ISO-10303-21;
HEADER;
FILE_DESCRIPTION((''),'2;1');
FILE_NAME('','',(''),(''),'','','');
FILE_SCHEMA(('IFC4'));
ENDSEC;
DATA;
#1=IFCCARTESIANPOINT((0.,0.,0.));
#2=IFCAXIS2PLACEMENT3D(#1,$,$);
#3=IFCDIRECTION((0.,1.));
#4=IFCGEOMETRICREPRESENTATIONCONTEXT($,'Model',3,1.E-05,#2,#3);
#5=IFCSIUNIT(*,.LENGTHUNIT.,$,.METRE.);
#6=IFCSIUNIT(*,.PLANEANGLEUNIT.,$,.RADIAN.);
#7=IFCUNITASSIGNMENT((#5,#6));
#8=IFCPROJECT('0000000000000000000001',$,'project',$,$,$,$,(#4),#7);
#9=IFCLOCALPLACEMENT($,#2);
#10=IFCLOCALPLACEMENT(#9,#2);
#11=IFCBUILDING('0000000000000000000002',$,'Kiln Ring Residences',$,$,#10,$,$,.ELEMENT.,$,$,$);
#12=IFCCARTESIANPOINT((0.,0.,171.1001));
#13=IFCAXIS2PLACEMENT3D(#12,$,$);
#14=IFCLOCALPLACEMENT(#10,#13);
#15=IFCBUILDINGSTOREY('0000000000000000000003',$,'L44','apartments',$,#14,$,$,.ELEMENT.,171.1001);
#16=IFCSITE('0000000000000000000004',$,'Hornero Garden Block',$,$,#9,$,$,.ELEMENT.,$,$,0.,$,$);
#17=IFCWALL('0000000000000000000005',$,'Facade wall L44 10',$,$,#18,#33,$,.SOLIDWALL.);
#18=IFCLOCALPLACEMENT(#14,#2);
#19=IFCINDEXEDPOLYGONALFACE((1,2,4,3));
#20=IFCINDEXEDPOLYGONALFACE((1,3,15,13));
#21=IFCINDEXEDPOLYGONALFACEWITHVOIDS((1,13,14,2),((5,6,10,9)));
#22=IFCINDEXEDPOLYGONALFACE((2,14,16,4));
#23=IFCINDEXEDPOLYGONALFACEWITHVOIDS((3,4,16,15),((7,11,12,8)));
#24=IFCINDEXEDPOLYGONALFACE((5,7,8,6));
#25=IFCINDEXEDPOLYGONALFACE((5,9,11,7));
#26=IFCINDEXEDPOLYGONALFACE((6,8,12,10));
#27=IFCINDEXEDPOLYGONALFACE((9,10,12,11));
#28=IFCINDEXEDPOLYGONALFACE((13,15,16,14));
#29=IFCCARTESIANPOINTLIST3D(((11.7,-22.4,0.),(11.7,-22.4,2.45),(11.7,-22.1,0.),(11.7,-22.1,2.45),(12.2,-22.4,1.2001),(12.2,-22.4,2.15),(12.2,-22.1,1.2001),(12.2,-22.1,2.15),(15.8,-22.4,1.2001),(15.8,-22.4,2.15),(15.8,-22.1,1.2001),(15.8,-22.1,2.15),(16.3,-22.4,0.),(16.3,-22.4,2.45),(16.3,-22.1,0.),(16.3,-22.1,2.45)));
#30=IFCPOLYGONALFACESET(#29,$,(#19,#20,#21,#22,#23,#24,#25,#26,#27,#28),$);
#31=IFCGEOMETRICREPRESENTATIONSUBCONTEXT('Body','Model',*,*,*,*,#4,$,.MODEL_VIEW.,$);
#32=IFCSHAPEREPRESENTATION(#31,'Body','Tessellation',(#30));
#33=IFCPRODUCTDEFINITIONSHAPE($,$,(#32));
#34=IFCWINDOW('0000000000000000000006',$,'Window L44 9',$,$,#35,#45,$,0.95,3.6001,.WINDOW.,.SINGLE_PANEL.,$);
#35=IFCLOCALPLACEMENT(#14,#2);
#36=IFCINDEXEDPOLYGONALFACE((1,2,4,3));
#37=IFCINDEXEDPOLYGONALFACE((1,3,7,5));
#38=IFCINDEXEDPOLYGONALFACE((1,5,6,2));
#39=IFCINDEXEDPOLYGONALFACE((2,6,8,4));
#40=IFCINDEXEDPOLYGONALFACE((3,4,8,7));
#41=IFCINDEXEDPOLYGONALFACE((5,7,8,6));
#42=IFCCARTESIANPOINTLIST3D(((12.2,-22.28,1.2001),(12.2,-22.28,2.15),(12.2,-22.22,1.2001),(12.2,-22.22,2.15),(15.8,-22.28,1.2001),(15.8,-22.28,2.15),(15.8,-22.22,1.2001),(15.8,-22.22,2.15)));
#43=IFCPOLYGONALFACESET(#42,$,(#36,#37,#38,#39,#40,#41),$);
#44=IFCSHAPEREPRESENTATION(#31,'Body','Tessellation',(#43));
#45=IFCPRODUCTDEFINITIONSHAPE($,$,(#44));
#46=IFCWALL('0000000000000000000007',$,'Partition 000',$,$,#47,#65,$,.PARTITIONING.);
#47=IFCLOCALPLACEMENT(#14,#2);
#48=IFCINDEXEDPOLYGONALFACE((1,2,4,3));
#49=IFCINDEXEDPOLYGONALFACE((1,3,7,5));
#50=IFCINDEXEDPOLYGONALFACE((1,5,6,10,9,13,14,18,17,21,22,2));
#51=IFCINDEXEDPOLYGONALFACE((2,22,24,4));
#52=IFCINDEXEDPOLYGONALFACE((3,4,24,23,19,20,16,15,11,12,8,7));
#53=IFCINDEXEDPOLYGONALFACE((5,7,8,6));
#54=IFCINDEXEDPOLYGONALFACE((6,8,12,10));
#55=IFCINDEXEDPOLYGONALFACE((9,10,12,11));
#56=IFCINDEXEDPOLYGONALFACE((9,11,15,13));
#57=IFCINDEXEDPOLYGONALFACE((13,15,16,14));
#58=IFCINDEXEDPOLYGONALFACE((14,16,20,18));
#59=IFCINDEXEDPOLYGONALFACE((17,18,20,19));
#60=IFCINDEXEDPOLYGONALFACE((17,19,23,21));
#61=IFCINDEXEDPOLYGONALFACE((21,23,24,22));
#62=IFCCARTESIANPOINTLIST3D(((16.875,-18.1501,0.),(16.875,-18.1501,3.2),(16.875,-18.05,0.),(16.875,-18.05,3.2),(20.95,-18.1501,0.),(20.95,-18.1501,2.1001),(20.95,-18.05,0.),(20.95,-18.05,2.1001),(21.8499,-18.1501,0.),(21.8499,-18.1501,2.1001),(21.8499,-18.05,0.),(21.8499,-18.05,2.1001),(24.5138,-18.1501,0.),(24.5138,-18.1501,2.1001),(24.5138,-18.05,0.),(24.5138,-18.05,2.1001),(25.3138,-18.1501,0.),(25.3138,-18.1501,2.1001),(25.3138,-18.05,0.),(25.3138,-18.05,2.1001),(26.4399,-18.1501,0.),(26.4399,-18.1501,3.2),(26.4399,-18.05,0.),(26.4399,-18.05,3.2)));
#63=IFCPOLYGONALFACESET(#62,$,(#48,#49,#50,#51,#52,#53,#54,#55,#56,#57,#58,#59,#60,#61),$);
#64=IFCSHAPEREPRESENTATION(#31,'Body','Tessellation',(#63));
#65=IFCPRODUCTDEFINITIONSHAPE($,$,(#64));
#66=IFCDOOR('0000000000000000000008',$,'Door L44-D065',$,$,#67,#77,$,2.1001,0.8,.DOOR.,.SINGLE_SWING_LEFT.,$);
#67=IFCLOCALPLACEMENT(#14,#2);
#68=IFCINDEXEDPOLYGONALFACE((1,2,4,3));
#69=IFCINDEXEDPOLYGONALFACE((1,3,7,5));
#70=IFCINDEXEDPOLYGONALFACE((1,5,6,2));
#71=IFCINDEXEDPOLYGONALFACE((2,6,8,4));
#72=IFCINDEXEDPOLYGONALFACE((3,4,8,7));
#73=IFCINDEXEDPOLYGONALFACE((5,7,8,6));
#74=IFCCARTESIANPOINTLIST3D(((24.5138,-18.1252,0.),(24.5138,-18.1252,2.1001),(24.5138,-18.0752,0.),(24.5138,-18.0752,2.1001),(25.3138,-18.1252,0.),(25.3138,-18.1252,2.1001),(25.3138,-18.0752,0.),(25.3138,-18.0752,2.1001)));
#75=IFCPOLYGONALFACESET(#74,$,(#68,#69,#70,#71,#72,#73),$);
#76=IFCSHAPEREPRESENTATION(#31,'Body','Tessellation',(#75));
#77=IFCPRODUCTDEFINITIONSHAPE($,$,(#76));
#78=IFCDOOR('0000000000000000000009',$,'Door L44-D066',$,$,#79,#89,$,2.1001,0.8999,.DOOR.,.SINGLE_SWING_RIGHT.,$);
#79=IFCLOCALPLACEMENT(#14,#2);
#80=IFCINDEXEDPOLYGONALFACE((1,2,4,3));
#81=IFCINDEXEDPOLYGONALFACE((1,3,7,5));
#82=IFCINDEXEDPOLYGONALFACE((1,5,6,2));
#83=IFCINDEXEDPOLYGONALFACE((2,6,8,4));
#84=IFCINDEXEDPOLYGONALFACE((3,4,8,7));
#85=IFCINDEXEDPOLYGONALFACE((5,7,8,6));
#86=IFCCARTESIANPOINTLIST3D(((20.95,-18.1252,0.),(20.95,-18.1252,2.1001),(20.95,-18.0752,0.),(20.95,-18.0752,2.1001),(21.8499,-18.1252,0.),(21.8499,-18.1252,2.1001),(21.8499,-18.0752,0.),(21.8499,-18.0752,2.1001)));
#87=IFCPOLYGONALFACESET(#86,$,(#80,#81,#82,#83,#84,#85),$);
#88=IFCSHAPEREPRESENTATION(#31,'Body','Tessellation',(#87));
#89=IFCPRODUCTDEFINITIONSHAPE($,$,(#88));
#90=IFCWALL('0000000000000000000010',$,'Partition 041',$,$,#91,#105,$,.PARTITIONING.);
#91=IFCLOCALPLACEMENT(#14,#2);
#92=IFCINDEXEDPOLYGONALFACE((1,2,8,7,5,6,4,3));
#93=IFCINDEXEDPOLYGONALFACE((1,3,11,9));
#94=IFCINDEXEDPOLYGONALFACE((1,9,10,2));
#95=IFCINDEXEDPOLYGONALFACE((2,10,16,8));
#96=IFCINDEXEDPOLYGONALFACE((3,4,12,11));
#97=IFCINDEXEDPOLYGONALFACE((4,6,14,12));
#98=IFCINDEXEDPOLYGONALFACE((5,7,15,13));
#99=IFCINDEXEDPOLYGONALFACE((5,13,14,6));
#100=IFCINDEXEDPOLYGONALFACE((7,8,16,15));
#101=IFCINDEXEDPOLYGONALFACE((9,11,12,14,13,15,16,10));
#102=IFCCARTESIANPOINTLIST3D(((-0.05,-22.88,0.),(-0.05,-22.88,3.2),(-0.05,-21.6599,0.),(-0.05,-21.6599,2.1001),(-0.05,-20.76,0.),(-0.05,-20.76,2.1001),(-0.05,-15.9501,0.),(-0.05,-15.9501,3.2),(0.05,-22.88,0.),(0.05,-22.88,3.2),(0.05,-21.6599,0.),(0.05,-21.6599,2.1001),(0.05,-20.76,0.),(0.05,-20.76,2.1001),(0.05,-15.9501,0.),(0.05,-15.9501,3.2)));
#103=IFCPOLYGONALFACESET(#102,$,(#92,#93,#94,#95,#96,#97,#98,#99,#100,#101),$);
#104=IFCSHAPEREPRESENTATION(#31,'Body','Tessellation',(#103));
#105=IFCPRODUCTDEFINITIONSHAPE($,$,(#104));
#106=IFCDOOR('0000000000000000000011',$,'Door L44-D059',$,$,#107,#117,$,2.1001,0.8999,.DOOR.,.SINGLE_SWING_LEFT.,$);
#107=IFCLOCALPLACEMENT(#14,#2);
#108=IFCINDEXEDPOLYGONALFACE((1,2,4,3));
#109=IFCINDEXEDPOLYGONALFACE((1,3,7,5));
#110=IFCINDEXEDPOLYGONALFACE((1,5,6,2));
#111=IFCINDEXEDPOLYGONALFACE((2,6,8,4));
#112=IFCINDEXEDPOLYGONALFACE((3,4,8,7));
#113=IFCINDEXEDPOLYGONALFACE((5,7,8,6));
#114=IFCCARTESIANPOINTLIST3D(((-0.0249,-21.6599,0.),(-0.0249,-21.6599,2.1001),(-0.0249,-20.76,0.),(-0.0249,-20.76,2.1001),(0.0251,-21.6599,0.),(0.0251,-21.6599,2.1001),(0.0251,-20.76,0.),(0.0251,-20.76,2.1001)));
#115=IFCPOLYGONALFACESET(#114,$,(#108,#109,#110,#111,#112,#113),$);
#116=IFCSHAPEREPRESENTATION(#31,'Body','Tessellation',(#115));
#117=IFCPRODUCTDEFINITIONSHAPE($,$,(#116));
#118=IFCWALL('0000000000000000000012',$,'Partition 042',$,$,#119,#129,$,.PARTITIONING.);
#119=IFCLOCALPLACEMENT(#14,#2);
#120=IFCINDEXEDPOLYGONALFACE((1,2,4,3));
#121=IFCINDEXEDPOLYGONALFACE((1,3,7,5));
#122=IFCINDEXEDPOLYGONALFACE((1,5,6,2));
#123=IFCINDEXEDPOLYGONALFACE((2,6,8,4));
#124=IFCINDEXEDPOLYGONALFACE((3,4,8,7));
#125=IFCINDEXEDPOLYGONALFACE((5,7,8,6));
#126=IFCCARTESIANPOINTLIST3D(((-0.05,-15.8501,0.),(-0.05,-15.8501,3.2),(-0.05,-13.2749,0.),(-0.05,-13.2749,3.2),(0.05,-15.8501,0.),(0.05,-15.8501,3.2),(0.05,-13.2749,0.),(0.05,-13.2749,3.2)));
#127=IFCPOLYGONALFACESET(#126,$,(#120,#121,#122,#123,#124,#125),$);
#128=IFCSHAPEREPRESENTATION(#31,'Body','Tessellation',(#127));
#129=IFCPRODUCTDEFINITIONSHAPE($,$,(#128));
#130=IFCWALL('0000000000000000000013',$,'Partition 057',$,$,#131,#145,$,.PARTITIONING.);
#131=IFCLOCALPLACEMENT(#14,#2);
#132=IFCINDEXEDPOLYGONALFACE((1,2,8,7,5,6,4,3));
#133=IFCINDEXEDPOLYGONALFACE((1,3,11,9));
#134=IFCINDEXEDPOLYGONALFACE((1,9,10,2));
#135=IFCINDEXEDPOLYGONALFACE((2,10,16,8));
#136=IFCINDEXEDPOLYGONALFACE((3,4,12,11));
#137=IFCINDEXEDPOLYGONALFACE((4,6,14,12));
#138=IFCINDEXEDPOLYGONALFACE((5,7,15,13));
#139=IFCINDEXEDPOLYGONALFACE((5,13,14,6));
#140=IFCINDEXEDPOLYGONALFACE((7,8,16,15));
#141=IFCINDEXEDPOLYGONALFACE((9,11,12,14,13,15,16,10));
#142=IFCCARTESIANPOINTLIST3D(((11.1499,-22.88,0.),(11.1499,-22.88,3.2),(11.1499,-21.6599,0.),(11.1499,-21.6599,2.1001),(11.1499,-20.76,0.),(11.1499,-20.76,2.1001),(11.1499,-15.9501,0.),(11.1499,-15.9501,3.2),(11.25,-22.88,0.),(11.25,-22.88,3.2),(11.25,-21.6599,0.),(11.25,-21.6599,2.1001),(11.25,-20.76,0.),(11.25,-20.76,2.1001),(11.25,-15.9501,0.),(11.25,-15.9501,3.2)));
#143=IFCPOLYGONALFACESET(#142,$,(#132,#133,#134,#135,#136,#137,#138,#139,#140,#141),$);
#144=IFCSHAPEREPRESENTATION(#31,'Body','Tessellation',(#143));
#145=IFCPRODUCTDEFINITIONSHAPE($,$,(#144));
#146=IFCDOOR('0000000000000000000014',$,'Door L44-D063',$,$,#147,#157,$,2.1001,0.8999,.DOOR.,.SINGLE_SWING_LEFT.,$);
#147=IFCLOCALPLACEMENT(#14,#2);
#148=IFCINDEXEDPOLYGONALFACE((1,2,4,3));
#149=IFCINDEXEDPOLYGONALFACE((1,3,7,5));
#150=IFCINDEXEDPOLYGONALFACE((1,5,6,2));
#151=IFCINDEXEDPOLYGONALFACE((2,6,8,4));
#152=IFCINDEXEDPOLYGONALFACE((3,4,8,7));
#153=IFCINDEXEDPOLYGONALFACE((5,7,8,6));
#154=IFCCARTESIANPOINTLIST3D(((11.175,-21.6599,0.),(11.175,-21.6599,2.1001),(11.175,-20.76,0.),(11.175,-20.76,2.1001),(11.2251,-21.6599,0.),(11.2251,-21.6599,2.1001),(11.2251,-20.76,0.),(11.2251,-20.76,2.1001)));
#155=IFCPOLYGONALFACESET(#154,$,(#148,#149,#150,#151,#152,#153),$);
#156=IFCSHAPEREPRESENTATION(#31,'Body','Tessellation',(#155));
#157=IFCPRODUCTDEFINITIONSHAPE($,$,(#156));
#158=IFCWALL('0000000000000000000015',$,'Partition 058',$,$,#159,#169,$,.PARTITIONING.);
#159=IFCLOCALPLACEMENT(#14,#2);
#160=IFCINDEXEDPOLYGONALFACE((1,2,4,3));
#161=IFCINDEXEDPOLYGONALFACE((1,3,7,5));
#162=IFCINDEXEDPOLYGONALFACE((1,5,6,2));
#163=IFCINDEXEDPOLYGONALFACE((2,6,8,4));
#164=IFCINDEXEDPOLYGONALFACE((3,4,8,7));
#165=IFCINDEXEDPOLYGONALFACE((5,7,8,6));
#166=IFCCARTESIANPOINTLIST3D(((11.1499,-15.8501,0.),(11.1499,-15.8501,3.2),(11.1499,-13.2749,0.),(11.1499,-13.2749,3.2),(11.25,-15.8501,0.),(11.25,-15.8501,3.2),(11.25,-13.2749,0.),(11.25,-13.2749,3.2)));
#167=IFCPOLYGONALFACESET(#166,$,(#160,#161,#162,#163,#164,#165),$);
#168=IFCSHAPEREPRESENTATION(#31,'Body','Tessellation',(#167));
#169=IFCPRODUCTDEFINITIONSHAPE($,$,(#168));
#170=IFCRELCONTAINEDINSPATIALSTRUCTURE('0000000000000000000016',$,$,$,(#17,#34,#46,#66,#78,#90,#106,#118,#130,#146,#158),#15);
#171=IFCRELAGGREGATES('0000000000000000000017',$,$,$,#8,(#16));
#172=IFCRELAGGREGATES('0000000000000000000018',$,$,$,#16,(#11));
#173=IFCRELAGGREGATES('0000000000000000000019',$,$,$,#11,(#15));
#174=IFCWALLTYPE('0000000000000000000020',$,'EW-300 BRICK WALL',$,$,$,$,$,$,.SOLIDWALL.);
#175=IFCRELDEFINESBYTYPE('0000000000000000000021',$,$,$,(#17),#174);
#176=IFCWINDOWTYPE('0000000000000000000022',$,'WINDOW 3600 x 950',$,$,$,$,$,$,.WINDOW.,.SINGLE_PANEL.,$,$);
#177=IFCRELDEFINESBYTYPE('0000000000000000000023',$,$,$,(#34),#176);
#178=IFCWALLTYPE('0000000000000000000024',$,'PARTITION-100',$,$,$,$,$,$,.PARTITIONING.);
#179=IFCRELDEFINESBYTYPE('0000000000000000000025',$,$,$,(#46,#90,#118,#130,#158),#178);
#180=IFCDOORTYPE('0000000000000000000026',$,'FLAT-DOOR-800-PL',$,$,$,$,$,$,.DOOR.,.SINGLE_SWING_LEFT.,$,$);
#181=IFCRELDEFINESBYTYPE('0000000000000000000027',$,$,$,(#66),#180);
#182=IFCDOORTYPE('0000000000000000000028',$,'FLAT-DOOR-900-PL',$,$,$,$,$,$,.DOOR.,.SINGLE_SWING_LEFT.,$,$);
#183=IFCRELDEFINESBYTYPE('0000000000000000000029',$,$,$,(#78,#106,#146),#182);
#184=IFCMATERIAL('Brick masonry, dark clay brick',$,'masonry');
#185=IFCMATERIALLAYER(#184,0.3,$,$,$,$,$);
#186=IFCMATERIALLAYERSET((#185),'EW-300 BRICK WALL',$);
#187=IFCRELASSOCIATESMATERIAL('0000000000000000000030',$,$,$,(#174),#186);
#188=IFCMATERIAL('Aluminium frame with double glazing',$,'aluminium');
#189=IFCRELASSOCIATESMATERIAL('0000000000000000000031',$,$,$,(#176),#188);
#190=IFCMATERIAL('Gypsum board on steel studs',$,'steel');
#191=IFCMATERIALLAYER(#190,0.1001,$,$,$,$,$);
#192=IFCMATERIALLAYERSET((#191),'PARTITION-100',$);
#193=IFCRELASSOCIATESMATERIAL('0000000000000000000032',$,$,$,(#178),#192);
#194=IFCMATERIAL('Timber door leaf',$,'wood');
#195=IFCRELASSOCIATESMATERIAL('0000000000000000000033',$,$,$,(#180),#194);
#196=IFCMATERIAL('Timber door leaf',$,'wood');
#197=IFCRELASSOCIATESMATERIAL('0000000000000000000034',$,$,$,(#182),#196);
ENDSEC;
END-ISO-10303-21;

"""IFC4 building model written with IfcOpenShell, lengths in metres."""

from ifc_helpers import new_model, si_unit, direction, frame, frame_2d, origin, place, context, subcontext, project, spatial, rectangle, extrude, material, layer, layer_set, type_object, element, fill, save


model = new_model("IFC4")

# Units and contexts
model_context = context("Model", 3, precision=1e-05, world=origin(), true_north=direction((0.0, 1.0)))
body_context = subcontext(model_context, "Body", "Model", "MODEL_VIEW")
ifc_project = project(units=[si_unit("LENGTHUNIT", "METRE"), si_unit("PLANEANGLEUNIT", "RADIAN")], contexts=[model_context])

# Site, building, storey
site_placement = place(None, origin())
site = spatial("IfcSite", under=ifc_project, at=site_placement, Name="Hornero Garden Block", CompositionType="ELEMENT", RefElevation=0.0)
building_placement = place(site_placement, origin())
building = spatial("IfcBuilding", under=site, at=building_placement, Name="Kiln Ring Residences", CompositionType="ELEMENT")
storey_placement = place(building_placement, frame((0.0, 0.0, 171.1001)))
storey = spatial("IfcBuildingStorey", under=building, at=storey_placement, Name="L44", Description="apartments", CompositionType="ELEMENT", Elevation=171.1001)

# Wall, opening, window
ifc_material_1 = material(Name="Brick masonry, dark clay brick", Category="masonry")
ifc_layer_1 = layer(ifc_material_1, 0.3)
ifc_layer_set_1 = layer_set([ifc_layer_1], Name="EW-300 BRICK WALL")
wall_type_1 = type_object("IfcWallType", Name="EW-300 BRICK WALL", PredefinedType="SOLIDWALL", material=ifc_layer_set_1)
ifc_material_2 = material(Name="Aluminium frame with double glazing", Category="aluminium")
window_type = type_object("IfcWindowType", Name="WINDOW 3600 x 950", PartitioningType="SINGLE_PANEL", PredefinedType="WINDOW", material=ifc_material_2)
wall_1_placement = place(storey_placement, frame((11.7, -22.25, 0.0), z_axis=(0.0, 0.0, 1.0), x_axis=(1.0, 0.0, 0.0)))
wall_1 = element("IfcWall", 1, at=wall_1_placement, inside=storey, type_object=wall_type_1, Name="Facade wall L44 10", PredefinedType="SOLIDWALL", context=body_context, shape_type="SweptSolid", body=[
    extrude(rectangle(XDim=4.6001, YDim=0.3, at=frame_2d((2.3, 0.0))), origin(), (0.0, 0.0, 1.0), 2.45),
])
opening_1_placement = place(wall_1_placement, frame((0.5, 0.0, 1.2)))
opening_1 = element("IfcOpeningElement", 2, at=opening_1_placement, cuts=wall_1, PredefinedType="OPENING", context=body_context, shape_type="SweptSolid", body=[
    extrude(rectangle(XDim=3.6001, YDim=0.95, at=frame_2d((1.8, 0.4751))), frame((0.0, 0.1599, 0.0), z_axis=(0.0, -1.0, 0.0), x_axis=(1.0, 0.0, 0.0)), (0.0, 0.0, 1.0), 0.3201),
])
window_1_placement = place(opening_1_placement, origin())
window_1 = element("IfcWindow", 3, at=window_1_placement, inside=storey, type_object=window_type, Name="Window L44 9", OverallHeight=0.95, OverallWidth=3.6001, PartitioningType="SINGLE_PANEL", PredefinedType="WINDOW", context=body_context, shape_type="SweptSolid", body=[
    extrude(rectangle(XDim=3.6001, YDim=0.95, at=frame_2d((1.8, 0.4751))), frame((0.0, 0.03, 0.0), z_axis=(0.0, -1.0, 0.0), x_axis=(1.0, 0.0, 0.0)), (0.0, 0.0, 1.0), 0.0601),
])
fill(opening_1, window_1)

# Wall, openings, doors
ifc_material_3 = material(Name="Gypsum board on steel studs", Category="steel")
ifc_layer_2 = layer(ifc_material_3, 0.1001)
ifc_layer_set_2 = layer_set([ifc_layer_2], Name="PARTITION-100")
wall_type_2 = type_object("IfcWallType", Name="PARTITION-100", PredefinedType="PARTITIONING", material=ifc_layer_set_2)
wall_2_placement = place(storey_placement, frame((16.875, -18.1001, 0.0), z_axis=(0.0, 0.0, 1.0), x_axis=(1.0, 0.0, 0.0)))
wall_2 = element("IfcWall", 4, at=wall_2_placement, inside=storey, type_object=wall_type_2, Name="Partition 000", PredefinedType="PARTITIONING", context=body_context, shape_type="SweptSolid", body=[
    extrude(rectangle(XDim=9.5649, YDim=0.1001, at=frame_2d((4.7825, 0.0))), origin(), (0.0, 0.0, 1.0), 3.2),
])
opening_2_placement = place(wall_2_placement, frame((7.6389, 0.0, 0.0)))
opening_2 = element("IfcOpeningElement", 5, at=opening_2_placement, cuts=wall_2, PredefinedType="OPENING", context=body_context, shape_type="SweptSolid", body=[
    extrude(rectangle(XDim=0.8, YDim=2.1001, at=frame_2d((0.3999, 1.05))), frame((0.0, 0.0601, 0.0), z_axis=(0.0, -1.0, 0.0), x_axis=(1.0, 0.0, 0.0)), (0.0, 0.0, 1.0), 0.1201),
])
opening_3_placement = place(wall_2_placement, frame((4.075, 0.0, 0.0)))
opening_3 = element("IfcOpeningElement", 6, at=opening_3_placement, cuts=wall_2, PredefinedType="OPENING", context=body_context, shape_type="SweptSolid", body=[
    extrude(rectangle(XDim=0.8999, YDim=2.1001, at=frame_2d((0.45, 1.05))), frame((0.0, 0.0601, 0.0), z_axis=(0.0, -1.0, 0.0), x_axis=(1.0, 0.0, 0.0)), (0.0, 0.0, 1.0), 0.1201),
])
ifc_material_4 = material(Name="Timber door leaf", Category="wood")
door_type_1 = type_object("IfcDoorType", Name="FLAT-DOOR-800-PL", OperationType="SINGLE_SWING_LEFT", PredefinedType="DOOR", material=ifc_material_4)
door_1_placement = place(opening_2_placement, origin())
door_1 = element("IfcDoor", 7, at=door_1_placement, inside=storey, type_object=door_type_1, Name="Door L44-D065", OperationType="SINGLE_SWING_LEFT", OverallHeight=2.1001, OverallWidth=0.8, PredefinedType="DOOR", context=body_context, shape_type="SweptSolid", body=[
    extrude(rectangle(XDim=0.8, YDim=2.1001, at=frame_2d((0.3999, 1.05))), frame((0.0, 0.0249, 0.0), z_axis=(0.0, -1.0, 0.0), x_axis=(1.0, 0.0, 0.0)), (0.0, 0.0, 1.0), 0.05),
])
fill(opening_2, door_1)
ifc_material_5 = material(Name="Timber door leaf", Category="wood")
door_type_2 = type_object("IfcDoorType", Name="FLAT-DOOR-900-PL", OperationType="SINGLE_SWING_LEFT", PredefinedType="DOOR", material=ifc_material_5)
door_2_placement = place(opening_3_placement, origin())
door_2 = element("IfcDoor", 8, at=door_2_placement, inside=storey, type_object=door_type_2, Name="Door L44-D066", OperationType="SINGLE_SWING_RIGHT", OverallHeight=2.1001, OverallWidth=0.8999, PredefinedType="DOOR", context=body_context, shape_type="SweptSolid", body=[
    extrude(rectangle(XDim=0.8999, YDim=2.1001, at=frame_2d((0.45, 1.05))), frame((0.0, 0.0249, 0.0), z_axis=(0.0, -1.0, 0.0), x_axis=(1.0, 0.0, 0.0)), (0.0, 0.0, 1.0), 0.05),
])
fill(opening_3, door_2)

# Wall, opening, door
wall_3_placement = place(storey_placement, frame((0.0, -22.8799, 0.0), z_axis=(0.0, 0.0, 1.0), x_axis=(0.0, 1.0, 0.0)))
wall_3 = element("IfcWall", 9, at=wall_3_placement, inside=storey, type_object=wall_type_2, Name="Partition 041", PredefinedType="PARTITIONING", context=body_context, shape_type="SweptSolid", body=[
    extrude(rectangle(XDim=6.9299, YDim=0.1001, at=frame_2d((3.4648, 0.0))), origin(), (0.0, 0.0, 1.0), 3.2),
])
opening_4_placement = place(wall_3_placement, frame((1.22, 0.0, 0.0)))
opening_4 = element("IfcOpeningElement", 10, at=opening_4_placement, cuts=wall_3, PredefinedType="OPENING", context=body_context, shape_type="SweptSolid", body=[
    extrude(rectangle(XDim=0.8999, YDim=2.1001, at=frame_2d((0.45, 1.05))), frame((0.0, 0.0601, 0.0), z_axis=(0.0, -1.0, 0.0), x_axis=(1.0, 0.0, 0.0)), (0.0, 0.0, 1.0), 0.1201),
])
door_3_placement = place(opening_4_placement, origin())
door_3 = element("IfcDoor", 11, at=door_3_placement, inside=storey, type_object=door_type_2, Name="Door L44-D059", OperationType="SINGLE_SWING_LEFT", OverallHeight=2.1001, OverallWidth=0.8999, PredefinedType="DOOR", context=body_context, shape_type="SweptSolid", body=[
    extrude(rectangle(XDim=0.8999, YDim=2.1001, at=frame_2d((0.45, 1.05))), frame((0.0, 0.0249, 0.0), z_axis=(0.0, -1.0, 0.0), x_axis=(1.0, 0.0, 0.0)), (0.0, 0.0, 1.0), 0.05),
])
fill(opening_4, door_3)

# Wall
wall_4_placement = place(storey_placement, frame((0.0, -15.8501, 0.0), z_axis=(0.0, 0.0, 1.0), x_axis=(0.0, 1.0, 0.0)))
element("IfcWall", 12, at=wall_4_placement, inside=storey, type_object=wall_type_2, Name="Partition 042", PredefinedType="PARTITIONING", context=body_context, shape_type="SweptSolid", body=[
    extrude(rectangle(XDim=2.5752, YDim=0.1001, at=frame_2d((1.2876, 0.0))), origin(), (0.0, 0.0, 1.0), 3.2),
])

# Wall, opening, door
wall_5_placement = place(storey_placement, frame((11.2, -22.8799, 0.0), z_axis=(0.0, 0.0, 1.0), x_axis=(0.0, 1.0, 0.0)))
wall_5 = element("IfcWall", 13, at=wall_5_placement, inside=storey, type_object=wall_type_2, Name="Partition 057", PredefinedType="PARTITIONING", context=body_context, shape_type="SweptSolid", body=[
    extrude(rectangle(XDim=6.9299, YDim=0.1001, at=frame_2d((3.4648, 0.0))), origin(), (0.0, 0.0, 1.0), 3.2),
])
opening_5_placement = place(wall_5_placement, frame((1.22, 0.0, 0.0)))
opening_5 = element("IfcOpeningElement", 14, at=opening_5_placement, cuts=wall_5, PredefinedType="OPENING", context=body_context, shape_type="SweptSolid", body=[
    extrude(rectangle(XDim=0.8999, YDim=2.1001, at=frame_2d((0.45, 1.05))), frame((0.0, 0.0601, 0.0), z_axis=(0.0, -1.0, 0.0), x_axis=(1.0, 0.0, 0.0)), (0.0, 0.0, 1.0), 0.1201),
])
door_4_placement = place(opening_5_placement, origin())
door_4 = element("IfcDoor", 15, at=door_4_placement, inside=storey, type_object=door_type_2, Name="Door L44-D063", OperationType="SINGLE_SWING_LEFT", OverallHeight=2.1001, OverallWidth=0.8999, PredefinedType="DOOR", context=body_context, shape_type="SweptSolid", body=[
    extrude(rectangle(XDim=0.8999, YDim=2.1001, at=frame_2d((0.45, 1.05))), frame((0.0, 0.0249, 0.0), z_axis=(0.0, -1.0, 0.0), x_axis=(1.0, 0.0, 0.0)), (0.0, 0.0, 1.0), 0.05),
])
fill(opening_5, door_4)

# Wall
wall_6_placement = place(storey_placement, frame((11.2, -15.8501, 0.0), z_axis=(0.0, 0.0, 1.0), x_axis=(0.0, 1.0, 0.0)))
element("IfcWall", 16, at=wall_6_placement, inside=storey, type_object=wall_type_2, Name="Partition 058", PredefinedType="PARTITIONING", context=body_context, shape_type="SweptSolid", body=[
    extrude(rectangle(XDim=2.5752, YDim=0.1001, at=frame_2d((1.2876, 0.0))), origin(), (0.0, 0.0, 1.0), 3.2),
])

save(model, "model.ifc")
